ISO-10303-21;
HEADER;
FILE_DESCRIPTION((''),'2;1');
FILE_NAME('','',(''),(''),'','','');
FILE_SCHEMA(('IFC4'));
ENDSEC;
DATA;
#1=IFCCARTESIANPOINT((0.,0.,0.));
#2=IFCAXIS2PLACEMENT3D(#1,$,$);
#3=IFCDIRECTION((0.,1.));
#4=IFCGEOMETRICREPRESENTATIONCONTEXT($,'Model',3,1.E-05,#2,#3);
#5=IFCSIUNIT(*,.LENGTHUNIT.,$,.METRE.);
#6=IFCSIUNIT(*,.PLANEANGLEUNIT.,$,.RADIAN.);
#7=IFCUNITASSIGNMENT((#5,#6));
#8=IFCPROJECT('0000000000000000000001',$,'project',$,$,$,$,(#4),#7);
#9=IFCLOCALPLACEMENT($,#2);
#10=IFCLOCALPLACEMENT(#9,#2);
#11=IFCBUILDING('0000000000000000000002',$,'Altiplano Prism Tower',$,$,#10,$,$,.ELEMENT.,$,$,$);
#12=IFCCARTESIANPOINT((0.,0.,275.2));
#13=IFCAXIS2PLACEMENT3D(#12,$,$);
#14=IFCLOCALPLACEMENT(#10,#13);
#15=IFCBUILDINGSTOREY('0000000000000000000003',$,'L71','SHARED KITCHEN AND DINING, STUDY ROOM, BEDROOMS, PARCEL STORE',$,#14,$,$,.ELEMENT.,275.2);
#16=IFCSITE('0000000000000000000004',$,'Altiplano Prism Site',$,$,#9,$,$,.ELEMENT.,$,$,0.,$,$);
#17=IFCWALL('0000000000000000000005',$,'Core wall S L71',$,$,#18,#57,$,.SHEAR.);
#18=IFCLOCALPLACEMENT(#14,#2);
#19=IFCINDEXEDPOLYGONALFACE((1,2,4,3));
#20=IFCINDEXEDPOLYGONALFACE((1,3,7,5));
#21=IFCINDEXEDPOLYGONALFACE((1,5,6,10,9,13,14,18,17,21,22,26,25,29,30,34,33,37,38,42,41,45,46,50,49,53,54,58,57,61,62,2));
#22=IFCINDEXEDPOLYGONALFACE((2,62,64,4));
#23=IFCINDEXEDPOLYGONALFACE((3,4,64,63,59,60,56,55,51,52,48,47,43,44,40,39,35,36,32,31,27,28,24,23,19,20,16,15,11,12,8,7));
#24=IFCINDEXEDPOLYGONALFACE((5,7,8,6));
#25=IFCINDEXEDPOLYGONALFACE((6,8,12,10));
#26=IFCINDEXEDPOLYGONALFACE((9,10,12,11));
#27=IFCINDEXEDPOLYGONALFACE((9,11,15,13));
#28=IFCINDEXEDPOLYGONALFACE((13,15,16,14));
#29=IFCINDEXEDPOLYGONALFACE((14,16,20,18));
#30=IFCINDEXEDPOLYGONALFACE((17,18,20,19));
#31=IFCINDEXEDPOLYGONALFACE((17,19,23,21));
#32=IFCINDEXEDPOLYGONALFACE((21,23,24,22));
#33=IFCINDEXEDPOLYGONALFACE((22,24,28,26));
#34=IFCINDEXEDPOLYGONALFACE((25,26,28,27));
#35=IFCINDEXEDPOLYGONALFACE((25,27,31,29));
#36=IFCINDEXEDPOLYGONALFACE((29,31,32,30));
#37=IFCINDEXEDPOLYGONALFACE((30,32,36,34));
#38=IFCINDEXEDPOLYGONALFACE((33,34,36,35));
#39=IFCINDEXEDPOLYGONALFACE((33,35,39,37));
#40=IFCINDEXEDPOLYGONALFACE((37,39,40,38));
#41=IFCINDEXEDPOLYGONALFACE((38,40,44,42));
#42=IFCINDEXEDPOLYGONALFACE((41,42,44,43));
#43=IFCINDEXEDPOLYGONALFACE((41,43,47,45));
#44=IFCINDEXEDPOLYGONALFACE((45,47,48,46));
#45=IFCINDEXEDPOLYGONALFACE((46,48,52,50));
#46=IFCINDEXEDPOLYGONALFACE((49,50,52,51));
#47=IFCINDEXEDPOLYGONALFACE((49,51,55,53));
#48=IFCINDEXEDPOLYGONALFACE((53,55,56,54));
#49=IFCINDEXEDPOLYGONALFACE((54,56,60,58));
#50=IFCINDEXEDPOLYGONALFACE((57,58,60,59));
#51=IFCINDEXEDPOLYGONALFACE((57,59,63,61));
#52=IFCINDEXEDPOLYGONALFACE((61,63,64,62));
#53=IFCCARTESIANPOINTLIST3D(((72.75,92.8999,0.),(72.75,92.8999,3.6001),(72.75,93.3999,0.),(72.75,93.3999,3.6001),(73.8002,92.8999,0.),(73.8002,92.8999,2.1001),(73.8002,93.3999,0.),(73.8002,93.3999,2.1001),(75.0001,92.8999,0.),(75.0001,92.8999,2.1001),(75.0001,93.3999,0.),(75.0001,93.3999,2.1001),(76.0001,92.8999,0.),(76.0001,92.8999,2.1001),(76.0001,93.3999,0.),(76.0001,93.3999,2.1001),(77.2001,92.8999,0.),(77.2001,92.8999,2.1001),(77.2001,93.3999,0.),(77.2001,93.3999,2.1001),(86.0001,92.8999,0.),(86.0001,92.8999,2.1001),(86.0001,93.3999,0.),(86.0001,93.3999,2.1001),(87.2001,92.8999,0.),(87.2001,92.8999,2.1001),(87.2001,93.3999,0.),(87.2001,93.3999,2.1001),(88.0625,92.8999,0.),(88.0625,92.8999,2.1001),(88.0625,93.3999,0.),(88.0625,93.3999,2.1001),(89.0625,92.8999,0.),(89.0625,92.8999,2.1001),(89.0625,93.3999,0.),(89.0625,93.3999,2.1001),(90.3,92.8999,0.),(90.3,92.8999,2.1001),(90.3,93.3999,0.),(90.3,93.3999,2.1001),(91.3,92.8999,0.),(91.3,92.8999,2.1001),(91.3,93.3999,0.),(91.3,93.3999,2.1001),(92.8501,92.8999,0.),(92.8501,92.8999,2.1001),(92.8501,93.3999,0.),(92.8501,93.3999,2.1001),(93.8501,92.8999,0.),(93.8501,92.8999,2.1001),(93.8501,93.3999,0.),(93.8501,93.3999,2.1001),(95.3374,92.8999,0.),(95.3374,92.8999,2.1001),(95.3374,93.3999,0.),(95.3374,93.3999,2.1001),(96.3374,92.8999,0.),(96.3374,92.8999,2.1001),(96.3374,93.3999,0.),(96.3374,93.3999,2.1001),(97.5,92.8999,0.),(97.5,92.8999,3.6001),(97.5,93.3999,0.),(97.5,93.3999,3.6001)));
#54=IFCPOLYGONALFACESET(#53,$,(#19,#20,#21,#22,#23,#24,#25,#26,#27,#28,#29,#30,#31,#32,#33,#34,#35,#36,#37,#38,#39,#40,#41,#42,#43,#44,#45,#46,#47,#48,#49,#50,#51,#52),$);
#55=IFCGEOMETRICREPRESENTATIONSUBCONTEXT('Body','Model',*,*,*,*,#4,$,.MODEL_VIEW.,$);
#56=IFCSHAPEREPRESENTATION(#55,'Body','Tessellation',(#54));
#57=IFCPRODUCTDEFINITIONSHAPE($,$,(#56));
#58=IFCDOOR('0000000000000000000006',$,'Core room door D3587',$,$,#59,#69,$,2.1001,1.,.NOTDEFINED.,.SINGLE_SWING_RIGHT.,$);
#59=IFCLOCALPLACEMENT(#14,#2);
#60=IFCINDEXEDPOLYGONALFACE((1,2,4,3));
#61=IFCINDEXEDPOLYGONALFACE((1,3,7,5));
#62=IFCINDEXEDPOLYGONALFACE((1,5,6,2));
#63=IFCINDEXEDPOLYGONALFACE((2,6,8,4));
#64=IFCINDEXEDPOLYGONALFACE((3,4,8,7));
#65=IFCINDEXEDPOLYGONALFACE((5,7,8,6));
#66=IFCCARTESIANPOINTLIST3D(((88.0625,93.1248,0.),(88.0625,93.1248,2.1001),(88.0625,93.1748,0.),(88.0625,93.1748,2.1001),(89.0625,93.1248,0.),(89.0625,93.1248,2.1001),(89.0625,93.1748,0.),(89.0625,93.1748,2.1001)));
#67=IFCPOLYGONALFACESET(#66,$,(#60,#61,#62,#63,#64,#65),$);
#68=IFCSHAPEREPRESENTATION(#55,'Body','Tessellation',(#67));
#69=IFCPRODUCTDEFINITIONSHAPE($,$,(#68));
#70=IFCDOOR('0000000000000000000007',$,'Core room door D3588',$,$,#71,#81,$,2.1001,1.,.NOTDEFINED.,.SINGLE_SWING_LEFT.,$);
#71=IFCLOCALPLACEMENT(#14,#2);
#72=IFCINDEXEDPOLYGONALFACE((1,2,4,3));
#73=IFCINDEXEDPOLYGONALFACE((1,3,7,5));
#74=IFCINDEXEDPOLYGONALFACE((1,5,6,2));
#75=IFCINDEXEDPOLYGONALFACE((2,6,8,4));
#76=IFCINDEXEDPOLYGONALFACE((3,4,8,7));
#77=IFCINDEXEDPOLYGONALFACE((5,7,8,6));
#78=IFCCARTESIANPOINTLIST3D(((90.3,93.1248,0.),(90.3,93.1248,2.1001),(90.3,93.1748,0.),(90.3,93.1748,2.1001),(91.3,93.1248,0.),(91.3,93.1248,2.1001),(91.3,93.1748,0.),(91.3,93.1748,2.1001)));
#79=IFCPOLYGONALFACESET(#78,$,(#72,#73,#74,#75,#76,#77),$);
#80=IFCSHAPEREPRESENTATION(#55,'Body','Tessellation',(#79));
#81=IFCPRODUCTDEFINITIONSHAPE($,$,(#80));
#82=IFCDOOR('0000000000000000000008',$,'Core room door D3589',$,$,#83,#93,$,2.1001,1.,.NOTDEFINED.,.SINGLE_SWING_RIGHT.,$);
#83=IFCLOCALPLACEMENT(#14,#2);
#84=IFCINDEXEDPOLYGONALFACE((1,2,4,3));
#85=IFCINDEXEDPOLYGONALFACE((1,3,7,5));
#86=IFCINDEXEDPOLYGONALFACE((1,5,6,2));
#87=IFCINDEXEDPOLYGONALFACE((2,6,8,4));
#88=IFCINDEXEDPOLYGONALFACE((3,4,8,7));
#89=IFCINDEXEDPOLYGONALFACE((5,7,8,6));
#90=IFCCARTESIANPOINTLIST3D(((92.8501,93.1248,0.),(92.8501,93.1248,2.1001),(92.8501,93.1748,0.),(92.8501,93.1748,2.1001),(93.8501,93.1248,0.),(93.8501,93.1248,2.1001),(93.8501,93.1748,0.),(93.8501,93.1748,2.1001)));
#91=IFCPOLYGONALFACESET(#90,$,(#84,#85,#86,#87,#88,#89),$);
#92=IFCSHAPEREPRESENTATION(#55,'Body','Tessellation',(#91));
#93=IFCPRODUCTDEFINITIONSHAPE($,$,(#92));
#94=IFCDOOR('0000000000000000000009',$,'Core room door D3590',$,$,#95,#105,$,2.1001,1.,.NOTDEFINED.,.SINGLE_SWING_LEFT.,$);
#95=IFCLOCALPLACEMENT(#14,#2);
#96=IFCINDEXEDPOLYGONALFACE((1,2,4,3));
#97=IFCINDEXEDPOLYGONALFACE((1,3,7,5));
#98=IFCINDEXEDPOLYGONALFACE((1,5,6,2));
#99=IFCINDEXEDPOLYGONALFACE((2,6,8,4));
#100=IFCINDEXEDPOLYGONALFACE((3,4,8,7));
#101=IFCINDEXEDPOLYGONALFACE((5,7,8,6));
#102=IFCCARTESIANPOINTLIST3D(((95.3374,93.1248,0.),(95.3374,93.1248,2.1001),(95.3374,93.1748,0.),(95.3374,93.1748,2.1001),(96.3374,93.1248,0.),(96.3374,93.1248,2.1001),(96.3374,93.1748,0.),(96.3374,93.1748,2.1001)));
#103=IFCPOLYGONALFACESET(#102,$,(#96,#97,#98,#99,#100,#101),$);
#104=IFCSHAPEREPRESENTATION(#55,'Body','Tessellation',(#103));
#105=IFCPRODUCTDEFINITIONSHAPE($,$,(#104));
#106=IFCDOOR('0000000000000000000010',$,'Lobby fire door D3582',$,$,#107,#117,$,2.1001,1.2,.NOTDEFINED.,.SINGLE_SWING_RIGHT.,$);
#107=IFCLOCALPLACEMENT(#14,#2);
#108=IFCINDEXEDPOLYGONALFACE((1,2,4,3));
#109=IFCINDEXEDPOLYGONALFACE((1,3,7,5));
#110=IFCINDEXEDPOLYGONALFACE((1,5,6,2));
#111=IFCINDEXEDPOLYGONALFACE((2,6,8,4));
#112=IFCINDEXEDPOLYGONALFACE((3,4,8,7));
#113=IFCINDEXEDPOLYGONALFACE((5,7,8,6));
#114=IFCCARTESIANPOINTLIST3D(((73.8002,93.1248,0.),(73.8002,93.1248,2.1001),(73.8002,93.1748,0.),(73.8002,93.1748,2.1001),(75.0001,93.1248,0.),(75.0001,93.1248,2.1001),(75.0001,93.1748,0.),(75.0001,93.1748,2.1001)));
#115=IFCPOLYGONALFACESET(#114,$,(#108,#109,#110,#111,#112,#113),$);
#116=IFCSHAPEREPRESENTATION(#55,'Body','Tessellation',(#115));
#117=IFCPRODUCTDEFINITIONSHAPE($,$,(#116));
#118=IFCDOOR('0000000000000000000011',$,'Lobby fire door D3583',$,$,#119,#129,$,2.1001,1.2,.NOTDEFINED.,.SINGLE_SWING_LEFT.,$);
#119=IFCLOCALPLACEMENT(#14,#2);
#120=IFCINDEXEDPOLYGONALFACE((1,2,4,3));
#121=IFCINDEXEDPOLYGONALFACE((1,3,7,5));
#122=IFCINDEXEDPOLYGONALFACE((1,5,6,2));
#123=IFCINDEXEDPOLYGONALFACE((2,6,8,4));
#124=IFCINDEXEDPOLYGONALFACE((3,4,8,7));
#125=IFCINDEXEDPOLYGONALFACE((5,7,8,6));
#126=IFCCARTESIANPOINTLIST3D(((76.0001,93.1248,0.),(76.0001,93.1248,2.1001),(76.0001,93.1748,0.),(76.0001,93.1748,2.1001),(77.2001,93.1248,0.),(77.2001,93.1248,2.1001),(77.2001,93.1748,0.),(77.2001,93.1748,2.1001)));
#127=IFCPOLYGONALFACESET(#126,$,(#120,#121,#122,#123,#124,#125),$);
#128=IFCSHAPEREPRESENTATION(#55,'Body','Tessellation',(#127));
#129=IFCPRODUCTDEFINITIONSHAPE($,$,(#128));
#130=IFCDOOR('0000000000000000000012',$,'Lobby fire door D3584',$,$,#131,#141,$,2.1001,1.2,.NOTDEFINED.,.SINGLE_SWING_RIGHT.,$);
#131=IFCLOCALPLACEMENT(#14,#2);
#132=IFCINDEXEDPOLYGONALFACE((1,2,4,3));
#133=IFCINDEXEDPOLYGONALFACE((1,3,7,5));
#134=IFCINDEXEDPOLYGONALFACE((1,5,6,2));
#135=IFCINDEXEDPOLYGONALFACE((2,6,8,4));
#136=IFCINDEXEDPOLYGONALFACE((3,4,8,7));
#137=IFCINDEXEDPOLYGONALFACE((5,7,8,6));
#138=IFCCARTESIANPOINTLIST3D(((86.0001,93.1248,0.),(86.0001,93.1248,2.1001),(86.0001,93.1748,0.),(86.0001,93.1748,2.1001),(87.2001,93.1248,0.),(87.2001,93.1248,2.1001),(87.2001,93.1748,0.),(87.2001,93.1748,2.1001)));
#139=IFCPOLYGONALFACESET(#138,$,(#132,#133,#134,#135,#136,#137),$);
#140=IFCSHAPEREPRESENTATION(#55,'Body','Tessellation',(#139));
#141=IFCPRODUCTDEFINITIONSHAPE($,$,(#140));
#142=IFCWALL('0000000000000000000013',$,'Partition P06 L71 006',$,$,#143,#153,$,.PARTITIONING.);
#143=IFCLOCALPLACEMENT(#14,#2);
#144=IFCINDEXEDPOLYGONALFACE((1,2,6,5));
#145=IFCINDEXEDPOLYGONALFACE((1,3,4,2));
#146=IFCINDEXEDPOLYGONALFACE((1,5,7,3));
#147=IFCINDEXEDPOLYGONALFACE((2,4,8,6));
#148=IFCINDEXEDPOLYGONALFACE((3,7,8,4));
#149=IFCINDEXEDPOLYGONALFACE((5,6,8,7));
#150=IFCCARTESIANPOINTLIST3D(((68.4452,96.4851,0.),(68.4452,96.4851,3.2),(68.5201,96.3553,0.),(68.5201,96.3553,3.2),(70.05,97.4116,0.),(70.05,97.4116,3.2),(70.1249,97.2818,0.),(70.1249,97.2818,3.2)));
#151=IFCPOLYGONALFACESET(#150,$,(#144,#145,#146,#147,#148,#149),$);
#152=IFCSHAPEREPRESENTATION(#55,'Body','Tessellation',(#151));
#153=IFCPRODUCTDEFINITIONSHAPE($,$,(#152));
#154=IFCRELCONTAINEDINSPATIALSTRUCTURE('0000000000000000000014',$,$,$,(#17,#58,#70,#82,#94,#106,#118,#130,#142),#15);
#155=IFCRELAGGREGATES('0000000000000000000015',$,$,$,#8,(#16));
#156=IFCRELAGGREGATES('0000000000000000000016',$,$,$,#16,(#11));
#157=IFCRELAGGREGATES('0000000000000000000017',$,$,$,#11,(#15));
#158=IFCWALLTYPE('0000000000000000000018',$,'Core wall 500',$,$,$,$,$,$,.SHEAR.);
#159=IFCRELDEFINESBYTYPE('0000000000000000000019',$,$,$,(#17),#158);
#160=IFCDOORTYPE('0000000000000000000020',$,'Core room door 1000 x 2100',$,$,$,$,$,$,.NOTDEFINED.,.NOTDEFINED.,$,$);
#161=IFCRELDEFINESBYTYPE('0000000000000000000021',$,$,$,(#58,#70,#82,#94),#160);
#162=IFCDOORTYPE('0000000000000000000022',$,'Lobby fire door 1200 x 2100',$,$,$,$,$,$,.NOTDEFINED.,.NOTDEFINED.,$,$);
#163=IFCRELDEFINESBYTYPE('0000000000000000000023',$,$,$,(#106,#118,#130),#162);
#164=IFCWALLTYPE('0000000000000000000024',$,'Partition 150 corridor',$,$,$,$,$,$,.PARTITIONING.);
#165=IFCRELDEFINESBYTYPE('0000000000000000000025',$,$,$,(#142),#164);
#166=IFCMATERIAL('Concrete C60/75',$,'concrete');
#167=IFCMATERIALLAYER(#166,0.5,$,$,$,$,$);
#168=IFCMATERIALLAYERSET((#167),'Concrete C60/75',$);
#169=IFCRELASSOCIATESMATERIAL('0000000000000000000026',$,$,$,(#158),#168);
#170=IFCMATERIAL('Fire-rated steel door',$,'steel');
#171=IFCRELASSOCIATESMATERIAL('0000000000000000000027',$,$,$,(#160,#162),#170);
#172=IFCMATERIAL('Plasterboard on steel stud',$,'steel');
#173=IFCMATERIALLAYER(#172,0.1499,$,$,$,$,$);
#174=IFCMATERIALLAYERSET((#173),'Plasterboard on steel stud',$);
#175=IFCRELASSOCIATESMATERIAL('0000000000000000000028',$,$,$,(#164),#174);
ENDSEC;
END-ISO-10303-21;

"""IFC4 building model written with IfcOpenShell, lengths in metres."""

from ifc_helpers import new_model, si_unit, direction, frame, frame_2d, origin, place, context, subcontext, project, spatial, rectangle, extrude, material, layer, layer_set, type_object, element, fill, save


model = new_model("IFC4")

# Units and contexts
model_context = context("Model", 3, precision=1e-05, world=origin(), true_north=direction((0.0, 1.0)))
body_context = subcontext(model_context, "Body", "Model", "MODEL_VIEW")
ifc_project = project(units=[si_unit("LENGTHUNIT", "METRE"), si_unit("PLANEANGLEUNIT", "RADIAN")], contexts=[model_context])

# Site, building, storey
site_placement = place(None, origin())
site = spatial("IfcSite", under=ifc_project, at=site_placement, Name="Altiplano Prism Site", CompositionType="ELEMENT", RefElevation=0.0)
building_placement = place(site_placement, origin())
building = spatial("IfcBuilding", under=site, at=building_placement, Name="Altiplano Prism Tower", CompositionType="ELEMENT")
storey_placement = place(building_placement, frame((0.0, 0.0, 275.2)))
storey = spatial("IfcBuildingStorey", under=building, at=storey_placement, Name="L71", Description="SHARED KITCHEN AND DINING, STUDY ROOM, BEDROOMS, PARCEL STORE", CompositionType="ELEMENT", Elevation=275.2)

# Shared definitions
ifc_material_1 = material(Name="Concrete C60/75", Category="concrete")

# Wall, openings, doors
ifc_layer_1 = layer(ifc_material_1, 0.5)
ifc_layer_set_1 = layer_set([ifc_layer_1], Name="Concrete C60/75")
wall_type_1 = type_object("IfcWallType", Name="Core wall 500", PredefinedType="SHEAR", material=ifc_layer_set_1)
wall_1_placement = place(storey_placement, frame((72.75, 93.1499, 0.0), z_axis=(0.0, 0.0, 1.0), x_axis=(1.0, 0.0, 0.0)))
wall_1 = element("IfcWall", 1, at=wall_1_placement, inside=storey, type_object=wall_type_1, Name="Core wall S L71", PredefinedType="SHEAR", context=body_context, shape_type="SweptSolid", body=[
    extrude(rectangle(XDim=24.75, YDim=0.5, at=frame_2d((12.375, 0.0))), origin(), (0.0, 0.0, 1.0), 3.6001),
])
opening_1_placement = place(wall_1_placement, frame((1.05, 0.0, 0.0)))
opening_1 = element("IfcOpeningElement", 2, at=opening_1_placement, cuts=wall_1, PredefinedType="OPENING", context=body_context, shape_type="SweptSolid", body=[
    extrude(rectangle(XDim=1.2, YDim=2.1001, at=frame_2d((0.6001, 1.05))), frame((0.0, 0.2605, 0.0), z_axis=(0.0, -1.0, 0.0), x_axis=(1.0, 0.0, 0.0)), (0.0, 0.0, 1.0), 0.521),
])
opening_2_placement = place(wall_1_placement, frame((3.25, 0.0, 0.0)))
opening_2 = element("IfcOpeningElement", 3, at=opening_2_placement, cuts=wall_1, PredefinedType="OPENING", context=body_context, shape_type="SweptSolid", body=[
    extrude(rectangle(XDim=1.2, YDim=2.1001, at=frame_2d((0.6001, 1.05))), frame((0.0, 0.2605, 0.0), z_axis=(0.0, -1.0, 0.0), x_axis=(1.0, 0.0, 0.0)), (0.0, 0.0, 1.0), 0.521),
])
opening_3_placement = place(wall_1_placement, frame((13.25, 0.0, 0.0)))
opening_3 = element("IfcOpeningElement", 4, at=opening_3_placement, cuts=wall_1, PredefinedType="OPENING", context=body_context, shape_type="SweptSolid", body=[
    extrude(rectangle(XDim=1.2, YDim=2.1001, at=frame_2d((0.6001, 1.05))), frame((0.0, 0.2605, 0.0), z_axis=(0.0, -1.0, 0.0), x_axis=(1.0, 0.0, 0.0)), (0.0, 0.0, 1.0), 0.521),
])
opening_4_placement = place(wall_1_placement, frame((15.3125, 0.0, 0.0)))
opening_4 = element("IfcOpeningElement", 5, at=opening_4_placement, cuts=wall_1, PredefinedType="OPENING", context=body_context, shape_type="SweptSolid", body=[
    extrude(rectangle(XDim=1.0, YDim=2.1001, at=frame_2d((0.5, 1.05))), frame((0.0, 0.2605, 0.0), z_axis=(0.0, -1.0, 0.0), x_axis=(1.0, 0.0, 0.0)), (0.0, 0.0, 1.0), 0.521),
])
opening_5_placement = place(wall_1_placement, frame((17.55, 0.0, 0.0)))
opening_5 = element("IfcOpeningElement", 6, at=opening_5_placement, cuts=wall_1, PredefinedType="OPENING", context=body_context, shape_type="SweptSolid", body=[
    extrude(rectangle(XDim=1.0, YDim=2.1001, at=frame_2d((0.5, 1.05))), frame((0.0, 0.2605, 0.0), z_axis=(0.0, -1.0, 0.0), x_axis=(1.0, 0.0, 0.0)), (0.0, 0.0, 1.0), 0.521),
])
opening_6_placement = place(wall_1_placement, frame((20.1001, 0.0, 0.0)))
opening_6 = element("IfcOpeningElement", 7, at=opening_6_placement, cuts=wall_1, PredefinedType="OPENING", context=body_context, shape_type="SweptSolid", body=[
    extrude(rectangle(XDim=1.0, YDim=2.1001, at=frame_2d((0.5, 1.05))), frame((0.0, 0.2605, 0.0), z_axis=(0.0, -1.0, 0.0), x_axis=(1.0, 0.0, 0.0)), (0.0, 0.0, 1.0), 0.521),
])
opening_7_placement = place(wall_1_placement, frame((22.5874, 0.0, 0.0)))
opening_7 = element("IfcOpeningElement", 8, at=opening_7_placement, cuts=wall_1, PredefinedType="OPENING", context=body_context, shape_type="SweptSolid", body=[
    extrude(rectangle(XDim=1.0, YDim=2.1001, at=frame_2d((0.5, 1.05))), frame((0.0, 0.2605, 0.0), z_axis=(0.0, -1.0, 0.0), x_axis=(1.0, 0.0, 0.0)), (0.0, 0.0, 1.0), 0.521),
])
ifc_material_2 = material(Name="Fire-rated steel door", Category="steel")
door_type_1 = type_object("IfcDoorType", Name="Core room door 1000 x 2100", OperationType="NOTDEFINED", PredefinedType="NOTDEFINED", material=ifc_material_2)
door_1_placement = place(opening_4_placement, origin())
door_1 = element("IfcDoor", 9, at=door_1_placement, inside=storey, type_object=door_type_1, Name="Core room door D3587", OperationType="SINGLE_SWING_RIGHT", OverallHeight=2.1001, OverallWidth=1.0, PredefinedType="NOTDEFINED", context=body_context, shape_type="SweptSolid", body=[
    extrude(rectangle(XDim=1.0, YDim=2.1001, at=frame_2d((0.5, 1.05))), frame((0.0, 0.0249, 0.0), z_axis=(0.0, -1.0, 0.0), x_axis=(1.0, 0.0, 0.0)), (0.0, 0.0, 1.0), 0.05),
])
fill(opening_4, door_1)
door_2_placement = place(opening_5_placement, origin())
door_2 = element("IfcDoor", 10, at=door_2_placement, inside=storey, type_object=door_type_1, Name="Core room door D3588", OperationType="SINGLE_SWING_LEFT", OverallHeight=2.1001, OverallWidth=1.0, PredefinedType="NOTDEFINED", context=body_context, shape_type="SweptSolid", body=[
    extrude(rectangle(XDim=1.0, YDim=2.1001, at=frame_2d((0.5, 1.05))), frame((0.0, 0.0249, 0.0), z_axis=(0.0, -1.0, 0.0), x_axis=(1.0, 0.0, 0.0)), (0.0, 0.0, 1.0), 0.05),
])
fill(opening_5, door_2)
door_3_placement = place(opening_6_placement, origin())
door_3 = element("IfcDoor", 11, at=door_3_placement, inside=storey, type_object=door_type_1, Name="Core room door D3589", OperationType="SINGLE_SWING_RIGHT", OverallHeight=2.1001, OverallWidth=1.0, PredefinedType="NOTDEFINED", context=body_context, shape_type="SweptSolid", body=[
    extrude(rectangle(XDim=1.0, YDim=2.1001, at=frame_2d((0.5, 1.05))), frame((0.0, 0.0249, 0.0), z_axis=(0.0, -1.0, 0.0), x_axis=(1.0, 0.0, 0.0)), (0.0, 0.0, 1.0), 0.05),
])
fill(opening_6, door_3)
door_4_placement = place(opening_7_placement, origin())
door_4 = element("IfcDoor", 12, at=door_4_placement, inside=storey, type_object=door_type_1, Name="Core room door D3590", OperationType="SINGLE_SWING_LEFT", OverallHeight=2.1001, OverallWidth=1.0, PredefinedType="NOTDEFINED", context=body_context, shape_type="SweptSolid", body=[
    extrude(rectangle(XDim=1.0, YDim=2.1001, at=frame_2d((0.5, 1.05))), frame((0.0, 0.0249, 0.0), z_axis=(0.0, -1.0, 0.0), x_axis=(1.0, 0.0, 0.0)), (0.0, 0.0, 1.0), 0.05),
])
fill(opening_7, door_4)
door_type_2 = type_object("IfcDoorType", Name="Lobby fire door 1200 x 2100", OperationType="NOTDEFINED", PredefinedType="NOTDEFINED", material=ifc_material_2)
door_5_placement = place(opening_1_placement, origin())
door_5 = element("IfcDoor", 13, at=door_5_placement, inside=storey, type_object=door_type_2, Name="Lobby fire door D3582", OperationType="SINGLE_SWING_RIGHT", OverallHeight=2.1001, OverallWidth=1.2, PredefinedType="NOTDEFINED", context=body_context, shape_type="SweptSolid", body=[
    extrude(rectangle(XDim=1.2, YDim=2.1001, at=frame_2d((0.6001, 1.05))), frame((0.0, 0.0249, 0.0), z_axis=(0.0, -1.0, 0.0), x_axis=(1.0, 0.0, 0.0)), (0.0, 0.0, 1.0), 0.05),
])
fill(opening_1, door_5)
door_6_placement = place(opening_2_placement, origin())
door_6 = element("IfcDoor", 14, at=door_6_placement, inside=storey, type_object=door_type_2, Name="Lobby fire door D3583", OperationType="SINGLE_SWING_LEFT", OverallHeight=2.1001, OverallWidth=1.2, PredefinedType="NOTDEFINED", context=body_context, shape_type="SweptSolid", body=[
    extrude(rectangle(XDim=1.2, YDim=2.1001, at=frame_2d((0.6001, 1.05))), frame((0.0, 0.0249, 0.0), z_axis=(0.0, -1.0, 0.0), x_axis=(1.0, 0.0, 0.0)), (0.0, 0.0, 1.0), 0.05),
])
fill(opening_2, door_6)
door_7_placement = place(opening_3_placement, origin())
door_7 = element("IfcDoor", 15, at=door_7_placement, inside=storey, type_object=door_type_2, Name="Lobby fire door D3584", OperationType="SINGLE_SWING_RIGHT", OverallHeight=2.1001, OverallWidth=1.2, PredefinedType="NOTDEFINED", context=body_context, shape_type="SweptSolid", body=[
    extrude(rectangle(XDim=1.2, YDim=2.1001, at=frame_2d((0.6001, 1.05))), frame((0.0, 0.0249, 0.0), z_axis=(0.0, -1.0, 0.0), x_axis=(1.0, 0.0, 0.0)), (0.0, 0.0, 1.0), 0.05),
])
fill(opening_3, door_7)

# Wall
ifc_material_3 = material(Name="Plasterboard on steel stud", Category="steel")
ifc_layer_2 = layer(ifc_material_3, 0.1499)
ifc_layer_set_2 = layer_set([ifc_layer_2], Name="Plasterboard on steel stud")
wall_type_2 = type_object("IfcWallType", Name="Partition 150 corridor", PredefinedType="PARTITIONING", material=ifc_layer_set_2)
wall_2_placement = place(storey_placement, frame((68.4827, 96.4202, 0.0), z_axis=(0.0, 0.0, 1.0), x_axis=(0.866021, 0.500008, 0.0)))
element("IfcWall", 16, at=wall_2_placement, inside=storey, type_object=wall_type_2, Name="Partition P06 L71 006", PredefinedType="PARTITIONING", context=body_context, shape_type="SweptSolid", body=[
    extrude(rectangle(XDim=1.853, YDim=0.1499, at=frame_2d((0.9265, 0.0))), origin(), (0.0, 0.0, 1.0), 3.2),
])

save(model, "model.ifc")
